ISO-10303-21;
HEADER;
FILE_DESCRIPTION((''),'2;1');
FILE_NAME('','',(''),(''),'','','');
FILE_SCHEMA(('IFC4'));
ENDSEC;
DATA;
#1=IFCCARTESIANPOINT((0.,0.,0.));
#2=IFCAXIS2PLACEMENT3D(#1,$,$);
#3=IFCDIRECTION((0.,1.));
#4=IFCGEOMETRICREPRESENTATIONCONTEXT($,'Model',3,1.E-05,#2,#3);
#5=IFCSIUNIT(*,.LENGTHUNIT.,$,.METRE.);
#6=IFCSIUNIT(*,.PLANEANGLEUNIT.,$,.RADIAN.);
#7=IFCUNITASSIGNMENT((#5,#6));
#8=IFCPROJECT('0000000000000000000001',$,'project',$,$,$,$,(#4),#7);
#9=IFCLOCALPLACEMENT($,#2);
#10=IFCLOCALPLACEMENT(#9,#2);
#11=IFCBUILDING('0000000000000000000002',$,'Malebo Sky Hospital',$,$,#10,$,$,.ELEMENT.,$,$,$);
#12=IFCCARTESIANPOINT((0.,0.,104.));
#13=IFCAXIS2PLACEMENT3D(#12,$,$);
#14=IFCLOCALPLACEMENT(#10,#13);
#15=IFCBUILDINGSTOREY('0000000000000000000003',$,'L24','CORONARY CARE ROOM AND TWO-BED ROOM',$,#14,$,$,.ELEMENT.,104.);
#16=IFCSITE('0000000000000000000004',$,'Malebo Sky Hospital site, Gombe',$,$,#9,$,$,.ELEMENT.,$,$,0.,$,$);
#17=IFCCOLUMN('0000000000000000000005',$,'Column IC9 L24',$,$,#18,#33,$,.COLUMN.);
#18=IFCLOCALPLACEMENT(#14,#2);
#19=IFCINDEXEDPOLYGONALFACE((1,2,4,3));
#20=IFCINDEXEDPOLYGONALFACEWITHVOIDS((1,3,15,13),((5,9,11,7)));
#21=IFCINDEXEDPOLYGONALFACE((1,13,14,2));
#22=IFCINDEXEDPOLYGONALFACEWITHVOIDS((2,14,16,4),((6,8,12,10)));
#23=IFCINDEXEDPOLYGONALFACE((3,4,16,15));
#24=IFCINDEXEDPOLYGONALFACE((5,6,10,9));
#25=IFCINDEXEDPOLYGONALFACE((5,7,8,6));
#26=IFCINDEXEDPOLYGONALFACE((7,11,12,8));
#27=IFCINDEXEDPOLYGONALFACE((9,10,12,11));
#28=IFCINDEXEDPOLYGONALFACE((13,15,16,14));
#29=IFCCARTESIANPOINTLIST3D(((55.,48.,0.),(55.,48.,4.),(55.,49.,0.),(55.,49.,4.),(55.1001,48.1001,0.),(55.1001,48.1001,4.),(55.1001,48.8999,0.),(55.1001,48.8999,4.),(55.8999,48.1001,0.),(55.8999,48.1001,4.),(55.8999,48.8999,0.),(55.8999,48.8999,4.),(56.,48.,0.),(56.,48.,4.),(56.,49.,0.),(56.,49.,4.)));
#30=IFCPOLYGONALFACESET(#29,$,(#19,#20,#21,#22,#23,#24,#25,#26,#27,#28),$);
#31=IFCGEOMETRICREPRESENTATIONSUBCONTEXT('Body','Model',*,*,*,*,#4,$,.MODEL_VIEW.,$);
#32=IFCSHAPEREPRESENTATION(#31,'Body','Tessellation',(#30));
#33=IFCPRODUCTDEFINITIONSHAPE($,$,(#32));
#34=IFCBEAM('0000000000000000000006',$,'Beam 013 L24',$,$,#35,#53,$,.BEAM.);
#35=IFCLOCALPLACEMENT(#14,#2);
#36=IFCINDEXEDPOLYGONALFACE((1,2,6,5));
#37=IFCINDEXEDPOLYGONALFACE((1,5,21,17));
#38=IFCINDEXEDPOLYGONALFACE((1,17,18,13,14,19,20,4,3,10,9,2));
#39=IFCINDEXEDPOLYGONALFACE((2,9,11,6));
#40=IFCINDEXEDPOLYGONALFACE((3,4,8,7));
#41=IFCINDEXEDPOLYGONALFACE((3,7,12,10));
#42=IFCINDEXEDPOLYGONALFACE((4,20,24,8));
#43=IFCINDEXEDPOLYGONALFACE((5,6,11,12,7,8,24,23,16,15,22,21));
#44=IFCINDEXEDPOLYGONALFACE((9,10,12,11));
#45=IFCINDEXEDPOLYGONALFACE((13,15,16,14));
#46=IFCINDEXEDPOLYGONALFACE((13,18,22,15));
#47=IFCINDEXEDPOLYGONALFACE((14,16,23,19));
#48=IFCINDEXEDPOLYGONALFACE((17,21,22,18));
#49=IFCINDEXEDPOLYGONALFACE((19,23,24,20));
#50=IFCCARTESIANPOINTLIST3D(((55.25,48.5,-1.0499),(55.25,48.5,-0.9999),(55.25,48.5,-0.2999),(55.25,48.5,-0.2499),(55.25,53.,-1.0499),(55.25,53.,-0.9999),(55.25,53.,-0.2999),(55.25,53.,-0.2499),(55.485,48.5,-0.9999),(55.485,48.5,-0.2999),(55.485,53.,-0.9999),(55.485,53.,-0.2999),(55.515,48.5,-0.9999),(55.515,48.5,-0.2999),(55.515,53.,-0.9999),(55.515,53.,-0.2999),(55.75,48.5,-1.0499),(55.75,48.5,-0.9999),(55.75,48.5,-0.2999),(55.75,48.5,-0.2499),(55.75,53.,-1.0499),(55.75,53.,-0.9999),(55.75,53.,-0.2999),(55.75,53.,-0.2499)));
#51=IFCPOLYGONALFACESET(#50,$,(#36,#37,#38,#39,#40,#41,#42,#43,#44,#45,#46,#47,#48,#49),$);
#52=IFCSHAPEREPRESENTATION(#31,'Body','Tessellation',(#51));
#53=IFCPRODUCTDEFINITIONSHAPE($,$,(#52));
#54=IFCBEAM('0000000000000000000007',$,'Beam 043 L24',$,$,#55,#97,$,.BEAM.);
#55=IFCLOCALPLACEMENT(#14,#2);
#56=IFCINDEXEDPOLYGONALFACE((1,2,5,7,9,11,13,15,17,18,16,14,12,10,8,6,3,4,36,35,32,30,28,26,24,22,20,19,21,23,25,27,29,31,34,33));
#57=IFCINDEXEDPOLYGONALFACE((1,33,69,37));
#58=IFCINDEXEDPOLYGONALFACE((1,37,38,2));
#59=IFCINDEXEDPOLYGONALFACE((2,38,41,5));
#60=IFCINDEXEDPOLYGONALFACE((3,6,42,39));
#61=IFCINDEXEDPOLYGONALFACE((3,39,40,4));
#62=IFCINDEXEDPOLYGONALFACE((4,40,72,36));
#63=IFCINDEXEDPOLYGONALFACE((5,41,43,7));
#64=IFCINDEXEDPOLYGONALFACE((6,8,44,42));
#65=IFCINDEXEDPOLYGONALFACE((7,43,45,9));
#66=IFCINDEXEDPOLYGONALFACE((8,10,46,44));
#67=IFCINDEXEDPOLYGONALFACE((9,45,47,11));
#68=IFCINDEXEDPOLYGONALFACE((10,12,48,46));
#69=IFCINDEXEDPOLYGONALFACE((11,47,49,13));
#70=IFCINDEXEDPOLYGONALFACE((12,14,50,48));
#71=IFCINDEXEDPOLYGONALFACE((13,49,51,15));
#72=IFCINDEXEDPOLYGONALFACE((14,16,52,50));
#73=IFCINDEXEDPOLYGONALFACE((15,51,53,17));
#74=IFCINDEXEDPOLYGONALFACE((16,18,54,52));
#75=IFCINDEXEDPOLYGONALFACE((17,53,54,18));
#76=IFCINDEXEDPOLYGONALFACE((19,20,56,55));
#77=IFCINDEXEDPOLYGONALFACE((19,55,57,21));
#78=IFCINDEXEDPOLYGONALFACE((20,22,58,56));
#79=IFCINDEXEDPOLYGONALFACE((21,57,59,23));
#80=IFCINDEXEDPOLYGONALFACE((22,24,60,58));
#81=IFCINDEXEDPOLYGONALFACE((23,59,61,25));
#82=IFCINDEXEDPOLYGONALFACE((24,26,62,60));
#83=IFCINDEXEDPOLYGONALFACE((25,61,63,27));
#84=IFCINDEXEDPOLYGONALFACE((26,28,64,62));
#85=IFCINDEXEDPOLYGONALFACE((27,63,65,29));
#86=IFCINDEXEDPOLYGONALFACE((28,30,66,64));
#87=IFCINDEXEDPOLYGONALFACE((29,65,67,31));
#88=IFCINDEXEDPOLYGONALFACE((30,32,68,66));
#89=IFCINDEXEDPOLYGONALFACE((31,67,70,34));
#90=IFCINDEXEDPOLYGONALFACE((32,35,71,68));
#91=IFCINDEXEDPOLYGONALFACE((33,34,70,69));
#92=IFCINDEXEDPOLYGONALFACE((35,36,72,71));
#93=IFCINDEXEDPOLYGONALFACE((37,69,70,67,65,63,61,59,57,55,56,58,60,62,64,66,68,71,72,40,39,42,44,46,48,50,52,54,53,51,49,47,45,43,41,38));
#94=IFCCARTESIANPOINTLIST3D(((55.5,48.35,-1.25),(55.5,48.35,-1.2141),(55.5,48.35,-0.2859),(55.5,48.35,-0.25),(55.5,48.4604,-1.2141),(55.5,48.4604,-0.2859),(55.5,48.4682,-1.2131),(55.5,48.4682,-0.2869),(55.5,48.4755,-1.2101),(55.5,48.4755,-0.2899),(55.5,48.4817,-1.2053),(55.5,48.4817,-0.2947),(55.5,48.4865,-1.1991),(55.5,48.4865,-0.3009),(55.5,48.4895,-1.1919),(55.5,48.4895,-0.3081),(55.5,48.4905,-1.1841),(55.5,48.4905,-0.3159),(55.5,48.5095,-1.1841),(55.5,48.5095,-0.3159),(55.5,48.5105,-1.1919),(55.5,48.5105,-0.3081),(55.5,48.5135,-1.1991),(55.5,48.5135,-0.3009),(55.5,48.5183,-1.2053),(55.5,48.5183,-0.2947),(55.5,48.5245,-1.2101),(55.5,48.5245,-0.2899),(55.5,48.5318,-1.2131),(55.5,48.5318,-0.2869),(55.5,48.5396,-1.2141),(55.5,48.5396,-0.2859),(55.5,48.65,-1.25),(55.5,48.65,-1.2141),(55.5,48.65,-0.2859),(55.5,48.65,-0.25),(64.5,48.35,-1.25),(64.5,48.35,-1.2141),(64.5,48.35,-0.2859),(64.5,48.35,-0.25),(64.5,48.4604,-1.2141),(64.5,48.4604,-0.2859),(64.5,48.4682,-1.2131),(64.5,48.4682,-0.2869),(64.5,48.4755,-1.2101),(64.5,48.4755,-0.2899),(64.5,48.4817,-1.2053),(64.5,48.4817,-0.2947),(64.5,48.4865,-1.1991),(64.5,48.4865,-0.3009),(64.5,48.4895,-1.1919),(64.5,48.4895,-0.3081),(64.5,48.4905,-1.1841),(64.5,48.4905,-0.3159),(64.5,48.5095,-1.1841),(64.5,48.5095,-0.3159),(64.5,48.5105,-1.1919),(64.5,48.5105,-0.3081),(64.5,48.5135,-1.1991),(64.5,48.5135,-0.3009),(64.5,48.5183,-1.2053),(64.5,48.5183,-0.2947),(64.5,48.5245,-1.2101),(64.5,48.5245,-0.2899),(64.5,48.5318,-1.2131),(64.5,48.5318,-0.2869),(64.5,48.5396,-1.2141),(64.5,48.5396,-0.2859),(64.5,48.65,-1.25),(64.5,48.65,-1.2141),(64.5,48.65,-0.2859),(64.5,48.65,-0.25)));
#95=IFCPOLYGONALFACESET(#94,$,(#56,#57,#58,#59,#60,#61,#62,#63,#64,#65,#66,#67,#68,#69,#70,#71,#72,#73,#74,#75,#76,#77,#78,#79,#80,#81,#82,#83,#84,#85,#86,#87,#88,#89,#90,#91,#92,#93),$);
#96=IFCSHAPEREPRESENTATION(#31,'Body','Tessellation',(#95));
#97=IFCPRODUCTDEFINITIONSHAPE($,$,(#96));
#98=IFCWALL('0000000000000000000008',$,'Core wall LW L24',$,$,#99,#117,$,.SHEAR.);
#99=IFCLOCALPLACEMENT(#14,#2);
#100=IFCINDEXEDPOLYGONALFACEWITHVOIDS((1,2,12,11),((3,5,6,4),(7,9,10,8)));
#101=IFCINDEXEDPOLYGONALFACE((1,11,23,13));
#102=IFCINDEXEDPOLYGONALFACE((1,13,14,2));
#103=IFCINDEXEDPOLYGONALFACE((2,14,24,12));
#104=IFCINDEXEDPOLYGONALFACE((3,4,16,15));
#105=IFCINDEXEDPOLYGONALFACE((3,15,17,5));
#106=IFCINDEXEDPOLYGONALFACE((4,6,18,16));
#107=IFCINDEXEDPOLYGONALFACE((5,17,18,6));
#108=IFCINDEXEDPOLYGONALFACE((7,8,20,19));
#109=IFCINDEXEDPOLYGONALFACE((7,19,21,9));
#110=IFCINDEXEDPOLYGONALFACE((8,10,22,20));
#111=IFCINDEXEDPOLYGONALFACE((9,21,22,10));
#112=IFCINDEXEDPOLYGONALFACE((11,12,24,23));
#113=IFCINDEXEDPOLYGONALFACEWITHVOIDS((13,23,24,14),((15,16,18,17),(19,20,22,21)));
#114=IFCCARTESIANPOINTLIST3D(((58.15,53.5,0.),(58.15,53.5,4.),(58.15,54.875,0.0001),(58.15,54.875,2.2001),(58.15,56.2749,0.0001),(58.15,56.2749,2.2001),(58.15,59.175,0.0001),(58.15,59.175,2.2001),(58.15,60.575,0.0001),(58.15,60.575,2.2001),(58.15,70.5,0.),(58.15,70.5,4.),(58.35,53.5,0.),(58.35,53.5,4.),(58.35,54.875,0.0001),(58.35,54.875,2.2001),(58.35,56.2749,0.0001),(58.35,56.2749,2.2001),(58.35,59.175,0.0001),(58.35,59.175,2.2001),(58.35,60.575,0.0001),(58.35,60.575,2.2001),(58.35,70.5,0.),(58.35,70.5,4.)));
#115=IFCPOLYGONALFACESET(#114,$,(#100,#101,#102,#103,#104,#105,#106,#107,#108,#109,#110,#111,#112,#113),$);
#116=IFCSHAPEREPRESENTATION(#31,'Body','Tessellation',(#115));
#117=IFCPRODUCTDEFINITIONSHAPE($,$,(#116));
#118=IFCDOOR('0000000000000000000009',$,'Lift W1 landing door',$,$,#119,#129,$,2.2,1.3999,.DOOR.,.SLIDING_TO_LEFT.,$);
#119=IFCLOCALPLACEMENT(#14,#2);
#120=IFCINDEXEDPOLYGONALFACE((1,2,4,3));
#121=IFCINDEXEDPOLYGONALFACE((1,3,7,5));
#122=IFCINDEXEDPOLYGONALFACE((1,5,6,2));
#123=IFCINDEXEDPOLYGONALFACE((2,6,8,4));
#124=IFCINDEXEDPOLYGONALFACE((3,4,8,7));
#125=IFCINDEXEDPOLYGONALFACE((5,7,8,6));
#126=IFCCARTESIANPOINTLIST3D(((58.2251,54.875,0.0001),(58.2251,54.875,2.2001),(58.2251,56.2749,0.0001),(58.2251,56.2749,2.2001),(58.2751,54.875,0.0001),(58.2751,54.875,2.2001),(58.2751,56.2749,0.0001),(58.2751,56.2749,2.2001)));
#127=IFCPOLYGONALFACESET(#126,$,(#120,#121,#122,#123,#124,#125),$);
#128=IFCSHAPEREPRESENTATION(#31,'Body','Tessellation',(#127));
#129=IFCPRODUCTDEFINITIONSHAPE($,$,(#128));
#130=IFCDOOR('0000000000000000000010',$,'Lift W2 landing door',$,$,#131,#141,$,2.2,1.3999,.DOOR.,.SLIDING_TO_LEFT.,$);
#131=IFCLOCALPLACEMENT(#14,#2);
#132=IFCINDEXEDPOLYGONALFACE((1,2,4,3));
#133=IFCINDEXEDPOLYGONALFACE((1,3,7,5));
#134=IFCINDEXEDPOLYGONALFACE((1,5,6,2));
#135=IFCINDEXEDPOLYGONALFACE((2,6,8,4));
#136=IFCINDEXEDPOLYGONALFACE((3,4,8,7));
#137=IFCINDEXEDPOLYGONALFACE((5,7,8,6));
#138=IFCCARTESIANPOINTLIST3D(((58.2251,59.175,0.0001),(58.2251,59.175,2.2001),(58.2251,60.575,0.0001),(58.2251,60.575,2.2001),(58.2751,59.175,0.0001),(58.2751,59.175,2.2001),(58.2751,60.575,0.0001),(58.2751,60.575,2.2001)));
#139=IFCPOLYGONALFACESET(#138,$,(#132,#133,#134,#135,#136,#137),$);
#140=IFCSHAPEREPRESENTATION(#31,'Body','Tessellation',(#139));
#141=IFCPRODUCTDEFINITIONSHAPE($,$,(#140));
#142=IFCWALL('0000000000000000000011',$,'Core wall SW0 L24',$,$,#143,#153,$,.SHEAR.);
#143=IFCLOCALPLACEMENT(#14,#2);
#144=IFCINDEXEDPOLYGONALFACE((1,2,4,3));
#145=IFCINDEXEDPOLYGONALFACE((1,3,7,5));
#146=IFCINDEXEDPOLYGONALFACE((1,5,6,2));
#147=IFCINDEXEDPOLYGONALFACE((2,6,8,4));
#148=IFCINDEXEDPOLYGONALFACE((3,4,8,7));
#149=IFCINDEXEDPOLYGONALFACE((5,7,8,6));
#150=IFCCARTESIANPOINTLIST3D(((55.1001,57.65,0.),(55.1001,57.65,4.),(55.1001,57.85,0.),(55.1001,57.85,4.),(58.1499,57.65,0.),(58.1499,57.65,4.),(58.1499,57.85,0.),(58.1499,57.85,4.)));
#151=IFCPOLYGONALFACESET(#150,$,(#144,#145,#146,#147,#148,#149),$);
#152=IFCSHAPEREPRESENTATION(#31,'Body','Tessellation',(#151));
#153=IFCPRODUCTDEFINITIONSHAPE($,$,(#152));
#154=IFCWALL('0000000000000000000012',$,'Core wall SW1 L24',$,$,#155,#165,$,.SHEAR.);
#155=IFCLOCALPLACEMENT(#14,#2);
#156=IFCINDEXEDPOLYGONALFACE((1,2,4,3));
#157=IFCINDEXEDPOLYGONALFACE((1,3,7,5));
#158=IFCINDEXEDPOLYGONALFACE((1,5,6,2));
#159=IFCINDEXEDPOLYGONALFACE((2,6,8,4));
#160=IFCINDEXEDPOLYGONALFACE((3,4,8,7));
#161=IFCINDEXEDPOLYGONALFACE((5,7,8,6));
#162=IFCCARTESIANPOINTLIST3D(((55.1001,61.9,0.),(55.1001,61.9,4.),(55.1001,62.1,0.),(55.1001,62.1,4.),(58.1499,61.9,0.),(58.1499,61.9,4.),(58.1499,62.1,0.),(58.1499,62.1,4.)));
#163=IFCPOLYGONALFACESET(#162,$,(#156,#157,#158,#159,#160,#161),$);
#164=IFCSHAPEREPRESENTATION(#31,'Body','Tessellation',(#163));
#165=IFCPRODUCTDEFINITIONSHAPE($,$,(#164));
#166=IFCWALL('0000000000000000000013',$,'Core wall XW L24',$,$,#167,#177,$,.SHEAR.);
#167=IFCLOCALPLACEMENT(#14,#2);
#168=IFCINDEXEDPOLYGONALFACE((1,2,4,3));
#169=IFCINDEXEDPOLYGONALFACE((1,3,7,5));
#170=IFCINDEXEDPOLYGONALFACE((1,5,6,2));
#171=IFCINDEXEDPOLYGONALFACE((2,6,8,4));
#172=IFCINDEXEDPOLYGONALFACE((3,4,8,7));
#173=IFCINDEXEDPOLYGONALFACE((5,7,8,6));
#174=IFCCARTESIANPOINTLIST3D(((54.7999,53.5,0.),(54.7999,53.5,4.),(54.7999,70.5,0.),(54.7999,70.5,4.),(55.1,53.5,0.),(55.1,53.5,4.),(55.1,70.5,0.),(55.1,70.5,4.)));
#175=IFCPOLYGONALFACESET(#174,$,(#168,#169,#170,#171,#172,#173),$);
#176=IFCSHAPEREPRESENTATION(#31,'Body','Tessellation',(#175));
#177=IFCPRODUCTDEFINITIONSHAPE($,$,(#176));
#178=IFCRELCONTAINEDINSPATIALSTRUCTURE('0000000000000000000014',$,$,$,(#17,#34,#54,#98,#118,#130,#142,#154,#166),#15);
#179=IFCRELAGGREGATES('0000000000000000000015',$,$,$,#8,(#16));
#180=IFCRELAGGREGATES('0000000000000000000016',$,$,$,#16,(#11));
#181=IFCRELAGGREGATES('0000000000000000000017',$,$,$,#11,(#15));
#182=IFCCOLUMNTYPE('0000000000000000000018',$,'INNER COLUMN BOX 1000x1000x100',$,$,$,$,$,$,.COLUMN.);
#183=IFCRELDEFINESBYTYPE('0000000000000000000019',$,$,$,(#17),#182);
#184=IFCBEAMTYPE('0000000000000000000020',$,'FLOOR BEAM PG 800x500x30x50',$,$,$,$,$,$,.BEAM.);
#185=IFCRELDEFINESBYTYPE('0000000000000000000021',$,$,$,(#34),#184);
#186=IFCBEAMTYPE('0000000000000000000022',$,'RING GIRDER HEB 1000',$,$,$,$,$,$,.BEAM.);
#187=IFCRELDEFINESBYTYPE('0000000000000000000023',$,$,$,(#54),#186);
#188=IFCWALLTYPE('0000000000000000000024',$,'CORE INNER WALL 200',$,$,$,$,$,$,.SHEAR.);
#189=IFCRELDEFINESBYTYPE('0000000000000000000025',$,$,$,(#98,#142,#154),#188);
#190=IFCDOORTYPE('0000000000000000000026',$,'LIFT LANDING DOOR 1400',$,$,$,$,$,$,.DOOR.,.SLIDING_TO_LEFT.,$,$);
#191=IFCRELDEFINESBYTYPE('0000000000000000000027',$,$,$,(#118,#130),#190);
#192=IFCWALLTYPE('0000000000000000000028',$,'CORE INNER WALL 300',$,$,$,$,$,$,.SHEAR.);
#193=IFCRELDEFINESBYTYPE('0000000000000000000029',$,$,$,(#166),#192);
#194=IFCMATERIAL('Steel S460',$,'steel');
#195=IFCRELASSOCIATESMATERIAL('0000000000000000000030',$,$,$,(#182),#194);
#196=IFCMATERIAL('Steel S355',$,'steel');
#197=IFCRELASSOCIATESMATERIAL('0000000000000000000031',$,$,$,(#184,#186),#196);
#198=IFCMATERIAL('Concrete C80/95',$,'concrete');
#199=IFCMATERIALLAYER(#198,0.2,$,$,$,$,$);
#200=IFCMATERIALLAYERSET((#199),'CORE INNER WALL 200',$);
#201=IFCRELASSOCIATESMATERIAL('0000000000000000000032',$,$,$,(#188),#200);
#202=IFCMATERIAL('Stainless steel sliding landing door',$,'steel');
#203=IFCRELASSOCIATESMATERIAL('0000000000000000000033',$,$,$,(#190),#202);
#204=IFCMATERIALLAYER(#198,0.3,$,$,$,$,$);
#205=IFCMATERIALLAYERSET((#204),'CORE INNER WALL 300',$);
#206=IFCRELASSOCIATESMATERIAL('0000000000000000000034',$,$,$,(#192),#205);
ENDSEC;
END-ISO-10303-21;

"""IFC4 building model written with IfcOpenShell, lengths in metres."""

from ifc_helpers import new_model, si_unit, direction, frame, frame_2d, origin, origin_2d, place, context, subcontext, project, spatial, rectangle, hollow_rectangle, i_section, extrude, material, layer, layer_set, material_profile, profile_set, type_object, element, fill, save


model = new_model("IFC4")

# Units and contexts
model_context = context("Model", 3, precision=1e-05, world=origin(), true_north=direction((0.0, 1.0)))
body_context = subcontext(model_context, "Body", "Model", "MODEL_VIEW")
ifc_project = project(units=[si_unit("LENGTHUNIT", "METRE"), si_unit("PLANEANGLEUNIT", "RADIAN")], contexts=[model_context])

# Site, building, storey
site_placement = place(None, origin())
site = spatial("IfcSite", under=ifc_project, at=site_placement, Name="Malebo Sky Hospital site, Gombe", CompositionType="ELEMENT", RefElevation=0.0)
building_placement = place(site_placement, origin())
building = spatial("IfcBuilding", under=site, at=building_placement, Name="Malebo Sky Hospital", CompositionType="ELEMENT")
storey_placement = place(building_placement, frame((0.0, 0.0, 104.0)))
storey = spatial("IfcBuildingStorey", under=building, at=storey_placement, Name="L24", Description="CORONARY CARE ROOM AND TWO-BED ROOM", CompositionType="ELEMENT", Elevation=104.0)

# Column
ifc_material_1 = material(Name="Steel S460", Category="steel")
ifc_material_profile_1 = material_profile(ifc_material_1, hollow_rectangle(XDim=1.0, YDim=1.0, WallThickness=0.1001, at=origin_2d()), Name="BOX 1000x1000x100")
ifc_profile_set_1 = profile_set([ifc_material_profile_1], Name="Steel S460")
column_type = type_object("IfcColumnType", Name="INNER COLUMN BOX 1000x1000x100", PredefinedType="COLUMN", material=ifc_profile_set_1)
column_placement = place(storey_placement, frame((55.5, 48.5, 0.0), z_axis=(0.0, 0.0, 1.0), x_axis=(1.0, 0.0, 0.0)))
element("IfcColumn", 1, at=column_placement, inside=storey, type_object=column_type, Name="Column IC9 L24", PredefinedType="COLUMN", context=body_context, shape_type="SweptSolid", body=[
    extrude(hollow_rectangle(XDim=1.0, YDim=1.0, WallThickness=0.1001, at=origin_2d()), origin(), (0.0, 0.0, 1.0), 4.0),
])

# Beams
ifc_material_2 = material(Name="Steel S355", Category="steel")
ifc_material_profile_2 = material_profile(ifc_material_2, i_section(OverallWidth=0.5, OverallDepth=0.8, WebThickness=0.03, FlangeThickness=0.05, at=origin_2d()), Name="PG 800x500x30x50")
ifc_profile_set_2 = profile_set([ifc_material_profile_2], Name="Steel S355")
beam_type_1 = type_object("IfcBeamType", Name="FLOOR BEAM PG 800x500x30x50", PredefinedType="BEAM", material=ifc_profile_set_2)
beam_1_placement = place(storey_placement, frame((55.5, 48.5, -0.6499), z_axis=(0.0, 1.0, 0.0), x_axis=(-1.0, 0.0, 0.0)))
element("IfcBeam", 2, at=beam_1_placement, inside=storey, type_object=beam_type_1, Name="Beam 013 L24", PredefinedType="BEAM", context=body_context, shape_type="SweptSolid", body=[
    extrude(i_section(OverallWidth=0.5, OverallDepth=0.8, WebThickness=0.03, FlangeThickness=0.05, at=origin_2d()), origin(), (0.0, 0.0, 1.0), 4.5),
])
ifc_material_profile_3 = material_profile(ifc_material_2, i_section(OverallWidth=0.3, OverallDepth=1.0, WebThickness=0.019, FlangeThickness=0.0359, FilletRadius=0.03, at=origin_2d()), Name="HEB 1000")
ifc_profile_set_3 = profile_set([ifc_material_profile_3], Name="Steel S355")
beam_type_2 = type_object("IfcBeamType", Name="RING GIRDER HEB 1000", PredefinedType="BEAM", material=ifc_profile_set_3)
beam_2_placement = place(storey_placement, frame((55.5, 48.5, -0.75), z_axis=(1.0, 0.0, 0.0), x_axis=(0.0, 1.0, 0.0)))
element("IfcBeam", 3, at=beam_2_placement, inside=storey, type_object=beam_type_2, Name="Beam 043 L24", PredefinedType="BEAM", context=body_context, shape_type="SweptSolid", body=[
    extrude(i_section(OverallWidth=0.3, OverallDepth=1.0, WebThickness=0.019, FlangeThickness=0.0359, FilletRadius=0.03, at=origin_2d()), origin(), (0.0, 0.0, 1.0), 9.0),
])

# Wall, openings, doors
ifc_material_3 = material(Name="Concrete C80/95", Category="concrete")
ifc_layer_1 = layer(ifc_material_3, 0.2)
ifc_layer_set_1 = layer_set([ifc_layer_1], Name="CORE INNER WALL 200")
wall_type_1 = type_object("IfcWallType", Name="CORE INNER WALL 200", PredefinedType="SHEAR", material=ifc_layer_set_1)
wall_1_placement = place(storey_placement, frame((58.25, 53.5, 0.0), z_axis=(0.0, 0.0, 1.0), x_axis=(0.0, 1.0, 0.0)))
wall_1 = element("IfcWall", 4, at=wall_1_placement, inside=storey, type_object=wall_type_1, Name="Core wall LW L24", PredefinedType="SHEAR", context=body_context, shape_type="SweptSolid", body=[
    extrude(rectangle(XDim=17.0, YDim=0.2, at=frame_2d((8.5, 0.0))), origin(), (0.0, 0.0, 1.0), 4.0),
])
opening_1_placement = place(wall_1_placement, frame((1.375, 0.0, 0.0)))
opening_1 = element("IfcOpeningElement", 5, at=opening_1_placement, cuts=wall_1, PredefinedType="OPENING", context=body_context, shape_type="SweptSolid", body=[
    extrude(rectangle(XDim=1.3999, YDim=2.2, at=frame_2d((0.7, 1.1001))), frame((0.0, 0.1099, 0.0), z_axis=(0.0, -1.0, 0.0), x_axis=(1.0, 0.0, 0.0)), (0.0, 0.0, 1.0), 0.22),
])
opening_2_placement = place(wall_1_placement, frame((5.675, 0.0, 0.0)))
opening_2 = element("IfcOpeningElement", 6, at=opening_2_placement, cuts=wall_1, PredefinedType="OPENING", context=body_context, shape_type="SweptSolid", body=[
    extrude(rectangle(XDim=1.3999, YDim=2.2, at=frame_2d((0.7, 1.1001))), frame((0.0, 0.1099, 0.0), z_axis=(0.0, -1.0, 0.0), x_axis=(1.0, 0.0, 0.0)), (0.0, 0.0, 1.0), 0.22),
])
ifc_material_4 = material(Name="Stainless steel sliding landing door", Category="steel")
door_type_1 = type_object("IfcDoorType", Name="LIFT LANDING DOOR 1400", OperationType="SLIDING_TO_LEFT", PredefinedType="DOOR", material=ifc_material_4)
door_1_placement = place(opening_1_placement, origin())
door_1 = element("IfcDoor", 7, at=door_1_placement, inside=storey, type_object=door_type_1, Name="Lift W1 landing door", OperationType="SLIDING_TO_LEFT", OverallHeight=2.2, OverallWidth=1.3999, PredefinedType="DOOR", context=body_context, shape_type="SweptSolid", body=[
    extrude(rectangle(XDim=1.3999, YDim=2.2, at=frame_2d((0.7, 1.1001))), frame((0.0, 0.0249, 0.0), z_axis=(0.0, -1.0, 0.0), x_axis=(1.0, 0.0, 0.0)), (0.0, 0.0, 1.0), 0.05),
])
fill(opening_1, door_1)
door_2_placement = place(opening_2_placement, origin())
door_2 = element("IfcDoor", 8, at=door_2_placement, inside=storey, type_object=door_type_1, Name="Lift W2 landing door", OperationType="SLIDING_TO_LEFT", OverallHeight=2.2, OverallWidth=1.3999, PredefinedType="DOOR", context=body_context, shape_type="SweptSolid", body=[
    extrude(rectangle(XDim=1.3999, YDim=2.2, at=frame_2d((0.7, 1.1001))), frame((0.0, 0.0249, 0.0), z_axis=(0.0, -1.0, 0.0), x_axis=(1.0, 0.0, 0.0)), (0.0, 0.0, 1.0), 0.05),
])
fill(opening_2, door_2)

# Walls
for number, where, z_axis, x_axis, name in (
    (9, (55.1001, 57.75, 0.0), (0.0, 0.0, 1.0), (1.0, 0.0, 0.0), "Core wall SW0 L24"),
    (10, (55.1001, 62.0, 0.0), (0.0, 0.0, 1.0), (1.0, 0.0, 0.0), "Core wall SW1 L24"),
):
    element("IfcWall", number, at=place(storey_placement, frame(where, z_axis=z_axis, x_axis=x_axis)), inside=storey, type_object=wall_type_1, Name=name, PredefinedType="SHEAR", context=body_context, shape_type="SweptSolid", body=[
        extrude(rectangle(XDim=3.0498, YDim=0.2, at=frame_2d((1.5249, 0.0))), origin(), (0.0, 0.0, 1.0), 4.0),
    ])
ifc_layer_2 = layer(ifc_material_3, 0.3)
ifc_layer_set_2 = layer_set([ifc_layer_2], Name="CORE INNER WALL 300")
wall_type_2 = type_object("IfcWallType", Name="CORE INNER WALL 300", PredefinedType="SHEAR", material=ifc_layer_set_2)
wall_2_placement = place(storey_placement, frame((54.95, 53.5, 0.0), z_axis=(0.0, 0.0, 1.0), x_axis=(0.0, 1.0, 0.0)))
element("IfcWall", 11, at=wall_2_placement, inside=storey, type_object=wall_type_2, Name="Core wall XW L24", PredefinedType="SHEAR", context=body_context, shape_type="SweptSolid", body=[
    extrude(rectangle(XDim=17.0, YDim=0.3, at=frame_2d((8.5, 0.0))), origin(), (0.0, 0.0, 1.0), 4.0),
])

save(model, "model.ifc")
